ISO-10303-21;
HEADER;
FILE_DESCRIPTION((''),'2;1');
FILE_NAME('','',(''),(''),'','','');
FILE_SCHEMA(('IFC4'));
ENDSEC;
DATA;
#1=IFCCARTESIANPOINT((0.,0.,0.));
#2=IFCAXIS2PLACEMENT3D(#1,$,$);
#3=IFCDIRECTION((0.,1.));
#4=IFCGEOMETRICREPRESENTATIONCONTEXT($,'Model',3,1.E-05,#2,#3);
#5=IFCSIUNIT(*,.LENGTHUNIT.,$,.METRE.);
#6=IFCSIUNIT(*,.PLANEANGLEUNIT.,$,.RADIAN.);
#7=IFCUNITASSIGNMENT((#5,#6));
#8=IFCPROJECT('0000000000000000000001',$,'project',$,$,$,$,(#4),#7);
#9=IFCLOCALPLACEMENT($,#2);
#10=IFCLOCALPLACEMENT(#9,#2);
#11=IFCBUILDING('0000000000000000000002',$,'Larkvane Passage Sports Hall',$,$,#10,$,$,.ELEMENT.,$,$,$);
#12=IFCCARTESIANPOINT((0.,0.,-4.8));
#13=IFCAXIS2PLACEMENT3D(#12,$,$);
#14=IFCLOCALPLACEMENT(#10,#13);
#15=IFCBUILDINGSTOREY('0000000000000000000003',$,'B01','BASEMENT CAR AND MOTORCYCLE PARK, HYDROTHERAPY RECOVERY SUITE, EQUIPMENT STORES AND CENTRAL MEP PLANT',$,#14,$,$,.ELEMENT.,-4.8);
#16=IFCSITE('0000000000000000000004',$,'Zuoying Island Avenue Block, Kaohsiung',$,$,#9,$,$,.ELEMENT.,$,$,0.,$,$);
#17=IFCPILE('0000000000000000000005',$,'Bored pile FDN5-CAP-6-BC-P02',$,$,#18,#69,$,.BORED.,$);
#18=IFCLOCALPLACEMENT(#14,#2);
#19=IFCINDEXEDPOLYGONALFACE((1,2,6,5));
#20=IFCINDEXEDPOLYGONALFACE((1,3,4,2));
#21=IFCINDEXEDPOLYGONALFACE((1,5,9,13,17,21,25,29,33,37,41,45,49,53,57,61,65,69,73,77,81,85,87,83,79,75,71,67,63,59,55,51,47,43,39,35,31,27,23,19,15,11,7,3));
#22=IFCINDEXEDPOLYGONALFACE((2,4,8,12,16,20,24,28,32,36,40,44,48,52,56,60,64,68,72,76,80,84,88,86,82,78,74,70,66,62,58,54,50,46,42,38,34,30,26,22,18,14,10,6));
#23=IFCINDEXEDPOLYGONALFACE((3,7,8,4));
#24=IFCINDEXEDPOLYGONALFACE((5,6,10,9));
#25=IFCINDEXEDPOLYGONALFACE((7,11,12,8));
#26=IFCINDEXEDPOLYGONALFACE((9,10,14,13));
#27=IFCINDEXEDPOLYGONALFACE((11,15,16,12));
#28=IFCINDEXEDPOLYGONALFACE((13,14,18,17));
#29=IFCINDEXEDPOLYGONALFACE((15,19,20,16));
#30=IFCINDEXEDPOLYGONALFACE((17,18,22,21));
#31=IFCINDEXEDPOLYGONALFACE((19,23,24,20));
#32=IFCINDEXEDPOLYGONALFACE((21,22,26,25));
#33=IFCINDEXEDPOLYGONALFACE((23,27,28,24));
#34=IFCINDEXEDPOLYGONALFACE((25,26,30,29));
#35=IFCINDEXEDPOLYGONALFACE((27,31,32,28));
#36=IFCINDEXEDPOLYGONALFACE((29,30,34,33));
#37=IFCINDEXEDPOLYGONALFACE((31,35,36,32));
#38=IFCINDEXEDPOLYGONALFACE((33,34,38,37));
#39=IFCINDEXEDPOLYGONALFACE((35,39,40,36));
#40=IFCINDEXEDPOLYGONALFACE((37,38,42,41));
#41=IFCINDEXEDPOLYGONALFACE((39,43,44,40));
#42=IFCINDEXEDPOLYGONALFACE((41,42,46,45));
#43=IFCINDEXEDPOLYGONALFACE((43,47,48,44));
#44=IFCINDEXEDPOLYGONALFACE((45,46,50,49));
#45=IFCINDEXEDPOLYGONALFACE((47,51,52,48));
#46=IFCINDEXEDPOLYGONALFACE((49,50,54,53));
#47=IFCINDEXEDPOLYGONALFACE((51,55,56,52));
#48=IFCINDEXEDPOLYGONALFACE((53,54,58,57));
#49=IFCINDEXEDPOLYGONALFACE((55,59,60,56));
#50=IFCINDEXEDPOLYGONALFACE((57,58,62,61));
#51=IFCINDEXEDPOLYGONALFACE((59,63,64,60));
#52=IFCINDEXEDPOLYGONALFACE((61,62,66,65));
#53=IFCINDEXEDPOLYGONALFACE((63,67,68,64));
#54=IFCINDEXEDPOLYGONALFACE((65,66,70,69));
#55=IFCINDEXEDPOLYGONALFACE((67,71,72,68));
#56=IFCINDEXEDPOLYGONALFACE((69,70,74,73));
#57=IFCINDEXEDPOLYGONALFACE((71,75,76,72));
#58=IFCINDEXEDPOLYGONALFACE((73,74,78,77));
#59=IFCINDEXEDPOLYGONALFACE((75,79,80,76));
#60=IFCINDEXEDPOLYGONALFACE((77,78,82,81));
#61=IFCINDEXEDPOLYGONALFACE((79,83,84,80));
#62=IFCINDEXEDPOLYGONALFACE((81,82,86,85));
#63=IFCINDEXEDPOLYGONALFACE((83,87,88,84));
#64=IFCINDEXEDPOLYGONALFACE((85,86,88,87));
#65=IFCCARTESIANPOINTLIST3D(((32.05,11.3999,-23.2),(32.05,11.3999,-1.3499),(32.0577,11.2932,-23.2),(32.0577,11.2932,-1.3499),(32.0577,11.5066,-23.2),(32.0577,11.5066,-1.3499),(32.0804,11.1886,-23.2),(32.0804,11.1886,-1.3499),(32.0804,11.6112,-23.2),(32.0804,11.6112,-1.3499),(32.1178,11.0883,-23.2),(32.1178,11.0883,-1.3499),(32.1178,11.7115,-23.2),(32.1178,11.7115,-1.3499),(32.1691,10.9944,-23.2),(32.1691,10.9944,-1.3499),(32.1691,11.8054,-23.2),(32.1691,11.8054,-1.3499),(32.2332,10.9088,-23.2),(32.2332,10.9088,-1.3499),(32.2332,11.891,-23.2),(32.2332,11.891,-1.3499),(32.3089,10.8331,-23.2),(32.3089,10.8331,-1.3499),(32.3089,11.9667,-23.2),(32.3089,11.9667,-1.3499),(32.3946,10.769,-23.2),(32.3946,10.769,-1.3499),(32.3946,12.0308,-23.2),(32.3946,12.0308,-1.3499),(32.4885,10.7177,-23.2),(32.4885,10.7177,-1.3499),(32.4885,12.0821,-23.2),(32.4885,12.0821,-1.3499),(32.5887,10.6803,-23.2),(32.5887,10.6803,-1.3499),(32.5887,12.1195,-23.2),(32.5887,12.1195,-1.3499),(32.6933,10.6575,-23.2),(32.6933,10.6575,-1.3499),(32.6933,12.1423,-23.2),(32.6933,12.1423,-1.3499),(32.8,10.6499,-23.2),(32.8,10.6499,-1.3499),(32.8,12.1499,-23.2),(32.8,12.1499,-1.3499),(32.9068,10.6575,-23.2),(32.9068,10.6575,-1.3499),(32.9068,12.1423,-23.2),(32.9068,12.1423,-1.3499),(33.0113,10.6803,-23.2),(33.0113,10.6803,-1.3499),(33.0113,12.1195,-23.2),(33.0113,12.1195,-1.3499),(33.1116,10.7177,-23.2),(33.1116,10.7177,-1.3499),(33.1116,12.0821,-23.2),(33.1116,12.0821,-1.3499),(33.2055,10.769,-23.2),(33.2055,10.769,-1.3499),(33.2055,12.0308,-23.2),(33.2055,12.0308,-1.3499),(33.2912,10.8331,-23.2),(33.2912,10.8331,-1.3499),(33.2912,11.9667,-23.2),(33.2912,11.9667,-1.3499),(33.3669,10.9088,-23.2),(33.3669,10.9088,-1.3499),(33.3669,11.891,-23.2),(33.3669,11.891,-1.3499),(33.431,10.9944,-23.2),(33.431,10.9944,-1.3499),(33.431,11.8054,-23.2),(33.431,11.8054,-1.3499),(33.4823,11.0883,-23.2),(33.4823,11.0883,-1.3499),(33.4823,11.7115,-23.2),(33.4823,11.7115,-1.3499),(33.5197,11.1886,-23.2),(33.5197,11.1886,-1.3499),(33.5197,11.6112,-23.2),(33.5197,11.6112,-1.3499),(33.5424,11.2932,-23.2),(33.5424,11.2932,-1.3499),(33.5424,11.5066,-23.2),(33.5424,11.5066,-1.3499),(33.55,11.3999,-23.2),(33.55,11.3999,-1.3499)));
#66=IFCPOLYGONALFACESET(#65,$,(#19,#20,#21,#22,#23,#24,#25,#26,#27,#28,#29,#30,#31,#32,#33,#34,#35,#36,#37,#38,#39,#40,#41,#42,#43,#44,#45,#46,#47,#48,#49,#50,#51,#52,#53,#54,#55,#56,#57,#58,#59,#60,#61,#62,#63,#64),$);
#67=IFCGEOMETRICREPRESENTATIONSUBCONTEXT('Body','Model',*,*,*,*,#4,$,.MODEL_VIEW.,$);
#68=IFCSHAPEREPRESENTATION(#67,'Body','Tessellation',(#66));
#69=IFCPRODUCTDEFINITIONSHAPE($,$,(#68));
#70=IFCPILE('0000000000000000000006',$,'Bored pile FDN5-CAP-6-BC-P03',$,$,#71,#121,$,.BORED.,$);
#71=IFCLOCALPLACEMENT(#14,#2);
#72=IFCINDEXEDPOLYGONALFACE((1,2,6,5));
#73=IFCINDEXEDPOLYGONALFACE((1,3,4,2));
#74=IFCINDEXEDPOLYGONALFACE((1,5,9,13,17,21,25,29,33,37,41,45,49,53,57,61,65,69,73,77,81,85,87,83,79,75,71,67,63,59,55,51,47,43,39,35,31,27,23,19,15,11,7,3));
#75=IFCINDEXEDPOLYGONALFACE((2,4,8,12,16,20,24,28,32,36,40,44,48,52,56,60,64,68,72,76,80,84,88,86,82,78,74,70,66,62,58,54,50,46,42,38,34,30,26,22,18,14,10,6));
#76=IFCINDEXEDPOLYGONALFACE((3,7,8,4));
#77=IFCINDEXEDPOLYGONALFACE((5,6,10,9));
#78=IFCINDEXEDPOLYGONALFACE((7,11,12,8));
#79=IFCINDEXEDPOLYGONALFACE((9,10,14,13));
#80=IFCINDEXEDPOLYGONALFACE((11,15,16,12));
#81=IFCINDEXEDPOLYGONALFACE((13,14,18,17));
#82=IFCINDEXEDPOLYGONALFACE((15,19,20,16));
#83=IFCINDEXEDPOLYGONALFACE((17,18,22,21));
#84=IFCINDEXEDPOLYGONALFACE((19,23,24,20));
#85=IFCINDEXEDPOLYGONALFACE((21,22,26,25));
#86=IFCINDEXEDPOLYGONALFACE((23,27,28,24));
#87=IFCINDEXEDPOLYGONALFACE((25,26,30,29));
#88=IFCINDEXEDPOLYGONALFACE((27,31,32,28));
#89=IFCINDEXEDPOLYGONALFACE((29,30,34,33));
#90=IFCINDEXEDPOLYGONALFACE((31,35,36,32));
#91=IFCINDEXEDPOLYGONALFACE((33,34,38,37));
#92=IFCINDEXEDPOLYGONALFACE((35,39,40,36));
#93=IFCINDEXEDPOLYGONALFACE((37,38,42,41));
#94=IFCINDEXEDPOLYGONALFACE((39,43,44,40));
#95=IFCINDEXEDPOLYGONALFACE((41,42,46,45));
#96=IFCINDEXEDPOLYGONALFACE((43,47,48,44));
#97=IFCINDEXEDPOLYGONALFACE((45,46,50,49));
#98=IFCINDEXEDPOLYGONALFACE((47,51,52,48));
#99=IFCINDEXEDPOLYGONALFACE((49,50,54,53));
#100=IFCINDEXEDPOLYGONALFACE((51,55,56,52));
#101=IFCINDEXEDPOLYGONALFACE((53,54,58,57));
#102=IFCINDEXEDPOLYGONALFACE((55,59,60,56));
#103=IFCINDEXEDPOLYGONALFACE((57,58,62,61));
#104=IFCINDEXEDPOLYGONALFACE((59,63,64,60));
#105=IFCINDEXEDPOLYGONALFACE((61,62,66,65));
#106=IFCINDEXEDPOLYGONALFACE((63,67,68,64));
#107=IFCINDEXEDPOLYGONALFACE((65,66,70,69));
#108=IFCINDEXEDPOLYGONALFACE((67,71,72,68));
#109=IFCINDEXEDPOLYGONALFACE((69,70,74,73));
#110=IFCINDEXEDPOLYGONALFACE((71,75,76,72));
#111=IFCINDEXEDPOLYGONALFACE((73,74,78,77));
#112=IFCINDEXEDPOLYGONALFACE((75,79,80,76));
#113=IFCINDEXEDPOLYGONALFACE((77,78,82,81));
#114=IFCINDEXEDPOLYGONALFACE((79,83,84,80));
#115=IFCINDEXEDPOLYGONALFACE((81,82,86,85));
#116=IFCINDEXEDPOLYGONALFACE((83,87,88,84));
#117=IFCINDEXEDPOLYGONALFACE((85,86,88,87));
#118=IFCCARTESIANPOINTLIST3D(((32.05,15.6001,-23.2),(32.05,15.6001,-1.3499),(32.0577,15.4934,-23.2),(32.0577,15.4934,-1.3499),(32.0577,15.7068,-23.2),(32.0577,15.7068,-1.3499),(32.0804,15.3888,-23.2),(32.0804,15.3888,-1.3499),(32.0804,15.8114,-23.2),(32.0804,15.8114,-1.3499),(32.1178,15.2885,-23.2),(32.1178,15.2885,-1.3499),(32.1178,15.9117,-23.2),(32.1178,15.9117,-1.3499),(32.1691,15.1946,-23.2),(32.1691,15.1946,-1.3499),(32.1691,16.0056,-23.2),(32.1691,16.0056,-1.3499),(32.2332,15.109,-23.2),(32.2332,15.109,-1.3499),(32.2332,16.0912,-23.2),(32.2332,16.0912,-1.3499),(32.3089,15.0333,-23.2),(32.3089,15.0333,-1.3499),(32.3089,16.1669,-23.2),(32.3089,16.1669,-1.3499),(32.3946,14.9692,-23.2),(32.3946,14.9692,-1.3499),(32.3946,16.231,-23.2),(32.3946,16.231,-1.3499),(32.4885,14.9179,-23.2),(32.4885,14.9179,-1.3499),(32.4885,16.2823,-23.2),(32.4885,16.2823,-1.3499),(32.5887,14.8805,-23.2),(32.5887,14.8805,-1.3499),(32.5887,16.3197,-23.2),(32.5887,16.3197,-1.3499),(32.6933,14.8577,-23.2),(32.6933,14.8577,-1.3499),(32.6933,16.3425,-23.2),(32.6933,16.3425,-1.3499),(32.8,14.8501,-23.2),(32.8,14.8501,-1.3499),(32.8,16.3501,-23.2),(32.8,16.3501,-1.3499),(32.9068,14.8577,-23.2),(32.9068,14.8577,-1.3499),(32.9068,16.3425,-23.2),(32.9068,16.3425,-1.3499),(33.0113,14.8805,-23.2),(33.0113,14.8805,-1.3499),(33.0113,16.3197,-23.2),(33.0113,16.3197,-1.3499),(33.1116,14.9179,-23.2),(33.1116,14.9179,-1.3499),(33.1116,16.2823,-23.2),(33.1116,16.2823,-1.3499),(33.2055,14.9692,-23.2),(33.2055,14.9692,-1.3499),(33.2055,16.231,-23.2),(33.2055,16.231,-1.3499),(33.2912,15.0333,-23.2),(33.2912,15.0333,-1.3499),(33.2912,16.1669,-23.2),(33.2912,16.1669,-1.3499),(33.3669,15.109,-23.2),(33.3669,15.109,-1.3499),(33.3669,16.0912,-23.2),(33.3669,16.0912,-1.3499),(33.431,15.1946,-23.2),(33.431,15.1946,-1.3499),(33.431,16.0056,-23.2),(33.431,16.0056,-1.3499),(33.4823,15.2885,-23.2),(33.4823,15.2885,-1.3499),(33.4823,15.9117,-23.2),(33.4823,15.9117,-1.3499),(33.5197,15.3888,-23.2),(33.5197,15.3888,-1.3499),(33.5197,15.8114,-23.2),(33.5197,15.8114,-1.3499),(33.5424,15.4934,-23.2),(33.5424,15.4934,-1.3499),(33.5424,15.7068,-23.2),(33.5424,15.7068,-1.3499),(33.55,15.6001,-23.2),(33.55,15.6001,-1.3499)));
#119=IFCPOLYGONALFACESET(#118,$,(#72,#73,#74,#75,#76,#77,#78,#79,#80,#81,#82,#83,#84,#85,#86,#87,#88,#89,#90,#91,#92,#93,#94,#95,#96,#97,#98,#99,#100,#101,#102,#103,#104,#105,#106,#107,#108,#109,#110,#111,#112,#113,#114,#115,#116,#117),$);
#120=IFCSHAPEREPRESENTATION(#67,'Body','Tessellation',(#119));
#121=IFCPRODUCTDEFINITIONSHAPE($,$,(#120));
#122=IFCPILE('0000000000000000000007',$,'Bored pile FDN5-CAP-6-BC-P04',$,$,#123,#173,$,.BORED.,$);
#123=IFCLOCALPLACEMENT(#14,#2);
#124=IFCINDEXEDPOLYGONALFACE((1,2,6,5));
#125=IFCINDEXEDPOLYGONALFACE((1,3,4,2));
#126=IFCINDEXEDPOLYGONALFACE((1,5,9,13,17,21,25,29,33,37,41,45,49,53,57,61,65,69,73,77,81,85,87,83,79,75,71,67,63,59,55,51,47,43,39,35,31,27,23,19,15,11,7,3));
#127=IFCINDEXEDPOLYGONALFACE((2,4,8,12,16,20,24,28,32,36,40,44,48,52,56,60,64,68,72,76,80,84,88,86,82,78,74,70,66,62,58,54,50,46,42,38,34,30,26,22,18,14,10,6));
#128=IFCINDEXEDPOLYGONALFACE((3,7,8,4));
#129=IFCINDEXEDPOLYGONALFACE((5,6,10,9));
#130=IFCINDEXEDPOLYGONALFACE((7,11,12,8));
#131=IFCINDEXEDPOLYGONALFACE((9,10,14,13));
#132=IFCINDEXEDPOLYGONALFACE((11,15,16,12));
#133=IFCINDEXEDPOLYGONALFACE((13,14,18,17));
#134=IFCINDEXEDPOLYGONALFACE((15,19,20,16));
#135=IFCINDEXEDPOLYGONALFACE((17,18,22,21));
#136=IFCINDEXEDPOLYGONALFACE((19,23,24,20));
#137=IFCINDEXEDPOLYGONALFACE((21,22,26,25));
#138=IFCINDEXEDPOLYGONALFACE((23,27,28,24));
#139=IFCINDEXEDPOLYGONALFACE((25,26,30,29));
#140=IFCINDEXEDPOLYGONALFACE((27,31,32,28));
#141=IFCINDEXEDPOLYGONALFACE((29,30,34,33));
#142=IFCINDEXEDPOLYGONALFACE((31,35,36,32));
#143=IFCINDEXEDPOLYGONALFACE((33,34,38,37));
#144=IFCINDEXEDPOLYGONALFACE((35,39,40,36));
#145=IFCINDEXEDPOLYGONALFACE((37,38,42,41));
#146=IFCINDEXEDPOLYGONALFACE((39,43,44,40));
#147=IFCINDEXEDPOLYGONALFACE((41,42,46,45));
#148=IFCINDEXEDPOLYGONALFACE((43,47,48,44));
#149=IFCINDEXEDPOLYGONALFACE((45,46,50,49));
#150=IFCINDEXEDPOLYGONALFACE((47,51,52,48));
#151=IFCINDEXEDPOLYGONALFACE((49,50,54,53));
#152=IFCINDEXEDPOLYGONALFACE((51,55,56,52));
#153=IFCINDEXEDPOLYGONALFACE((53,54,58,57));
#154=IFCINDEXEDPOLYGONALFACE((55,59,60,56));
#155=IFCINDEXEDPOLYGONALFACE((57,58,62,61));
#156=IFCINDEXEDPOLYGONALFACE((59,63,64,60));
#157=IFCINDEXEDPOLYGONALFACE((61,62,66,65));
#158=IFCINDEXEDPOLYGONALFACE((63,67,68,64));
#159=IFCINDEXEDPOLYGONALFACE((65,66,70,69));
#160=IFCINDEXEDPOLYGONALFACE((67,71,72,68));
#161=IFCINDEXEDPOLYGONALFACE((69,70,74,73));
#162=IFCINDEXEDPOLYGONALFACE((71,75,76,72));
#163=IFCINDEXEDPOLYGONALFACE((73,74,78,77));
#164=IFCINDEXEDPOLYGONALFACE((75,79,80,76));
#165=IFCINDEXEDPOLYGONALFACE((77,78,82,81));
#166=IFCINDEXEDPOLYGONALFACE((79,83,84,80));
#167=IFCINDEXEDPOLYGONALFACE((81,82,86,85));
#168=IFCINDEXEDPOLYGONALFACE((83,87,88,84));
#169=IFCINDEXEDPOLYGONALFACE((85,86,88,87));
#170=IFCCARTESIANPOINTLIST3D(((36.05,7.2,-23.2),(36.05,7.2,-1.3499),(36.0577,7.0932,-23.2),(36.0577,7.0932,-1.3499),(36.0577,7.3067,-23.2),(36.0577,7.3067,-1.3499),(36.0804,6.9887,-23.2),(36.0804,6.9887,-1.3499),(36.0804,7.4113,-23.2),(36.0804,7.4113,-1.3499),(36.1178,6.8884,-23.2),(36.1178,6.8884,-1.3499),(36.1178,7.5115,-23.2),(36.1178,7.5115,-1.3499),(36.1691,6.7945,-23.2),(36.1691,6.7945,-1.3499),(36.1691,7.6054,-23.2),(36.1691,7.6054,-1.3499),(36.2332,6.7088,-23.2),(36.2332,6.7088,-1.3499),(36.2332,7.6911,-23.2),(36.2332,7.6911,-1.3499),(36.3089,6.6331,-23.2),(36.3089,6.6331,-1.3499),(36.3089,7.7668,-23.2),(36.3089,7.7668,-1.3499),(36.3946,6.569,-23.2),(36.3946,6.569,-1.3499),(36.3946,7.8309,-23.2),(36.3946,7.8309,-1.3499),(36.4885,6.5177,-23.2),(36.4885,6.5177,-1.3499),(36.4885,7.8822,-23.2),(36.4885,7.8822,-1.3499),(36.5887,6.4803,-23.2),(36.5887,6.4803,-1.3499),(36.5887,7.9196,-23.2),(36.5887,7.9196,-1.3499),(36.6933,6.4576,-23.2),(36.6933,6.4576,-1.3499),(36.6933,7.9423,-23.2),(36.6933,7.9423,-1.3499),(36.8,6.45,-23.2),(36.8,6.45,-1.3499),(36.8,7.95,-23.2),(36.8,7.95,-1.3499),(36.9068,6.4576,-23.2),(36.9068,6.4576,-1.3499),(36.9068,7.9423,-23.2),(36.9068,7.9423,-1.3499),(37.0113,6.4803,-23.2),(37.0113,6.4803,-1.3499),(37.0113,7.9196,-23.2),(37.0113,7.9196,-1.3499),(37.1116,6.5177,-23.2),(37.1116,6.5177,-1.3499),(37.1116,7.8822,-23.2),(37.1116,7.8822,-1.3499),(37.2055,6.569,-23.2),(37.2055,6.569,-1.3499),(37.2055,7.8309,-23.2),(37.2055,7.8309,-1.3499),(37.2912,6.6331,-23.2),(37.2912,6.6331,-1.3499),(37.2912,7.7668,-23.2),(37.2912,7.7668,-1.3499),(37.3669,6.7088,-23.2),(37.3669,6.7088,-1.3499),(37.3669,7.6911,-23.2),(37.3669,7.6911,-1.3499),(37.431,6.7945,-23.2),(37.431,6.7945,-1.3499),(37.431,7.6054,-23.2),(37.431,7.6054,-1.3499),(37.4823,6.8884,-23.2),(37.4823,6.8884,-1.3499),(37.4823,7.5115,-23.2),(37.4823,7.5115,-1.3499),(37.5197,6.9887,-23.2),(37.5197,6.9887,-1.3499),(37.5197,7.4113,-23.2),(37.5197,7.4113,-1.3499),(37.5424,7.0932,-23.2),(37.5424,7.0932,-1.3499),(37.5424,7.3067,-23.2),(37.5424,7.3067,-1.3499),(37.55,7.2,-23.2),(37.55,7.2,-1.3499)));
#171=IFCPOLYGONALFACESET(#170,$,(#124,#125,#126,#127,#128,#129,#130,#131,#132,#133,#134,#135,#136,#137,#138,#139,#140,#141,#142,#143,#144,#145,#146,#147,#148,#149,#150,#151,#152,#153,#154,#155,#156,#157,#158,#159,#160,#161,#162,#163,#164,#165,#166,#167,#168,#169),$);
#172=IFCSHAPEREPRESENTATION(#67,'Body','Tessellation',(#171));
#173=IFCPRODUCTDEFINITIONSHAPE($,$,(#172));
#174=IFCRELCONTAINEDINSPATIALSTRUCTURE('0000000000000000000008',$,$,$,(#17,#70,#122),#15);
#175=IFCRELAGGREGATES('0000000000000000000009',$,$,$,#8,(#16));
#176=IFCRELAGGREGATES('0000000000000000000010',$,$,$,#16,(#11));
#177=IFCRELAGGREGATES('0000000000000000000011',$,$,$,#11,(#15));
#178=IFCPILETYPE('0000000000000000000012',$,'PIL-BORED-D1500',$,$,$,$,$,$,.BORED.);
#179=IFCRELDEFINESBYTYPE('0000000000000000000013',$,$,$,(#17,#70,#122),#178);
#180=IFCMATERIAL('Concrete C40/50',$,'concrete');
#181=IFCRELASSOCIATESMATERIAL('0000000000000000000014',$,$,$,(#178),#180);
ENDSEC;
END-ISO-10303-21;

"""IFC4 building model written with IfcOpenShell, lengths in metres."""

from ifc_helpers import new_model, si_unit, direction, frame, origin, origin_2d, place, context, subcontext, project, spatial, circle, extrude, material, material_profile, profile_set, type_object, element, save


model = new_model("IFC4")

# Units and contexts
model_context = context("Model", 3, precision=1e-05, world=origin(), true_north=direction((0.0, 1.0)))
body_context = subcontext(model_context, "Body", "Model", "MODEL_VIEW")
ifc_project = project(units=[si_unit("LENGTHUNIT", "METRE"), si_unit("PLANEANGLEUNIT", "RADIAN")], contexts=[model_context])

# Site, building, storey
site_placement = place(None, origin())
site = spatial("IfcSite", under=ifc_project, at=site_placement, Name="Zuoying Island Avenue Block, Kaohsiung", CompositionType="ELEMENT", RefElevation=0.0)
building_placement = place(site_placement, origin())
building = spatial("IfcBuilding", under=site, at=building_placement, Name="Larkvane Passage Sports Hall", CompositionType="ELEMENT")
storey_placement = place(building_placement, frame((0.0, 0.0, -4.8)))
storey = spatial("IfcBuildingStorey", under=building, at=storey_placement, Name="B01", Description="BASEMENT CAR AND MOTORCYCLE PARK, HYDROTHERAPY RECOVERY SUITE, EQUIPMENT STORES AND CENTRAL MEP PLANT", CompositionType="ELEMENT", Elevation=-4.8)

# Shared definitions
ifc_material_1 = material(Name="Concrete C40/50", Category="concrete")

# Piles
ifc_material_profile_1 = material_profile(ifc_material_1, circle(Radius=0.75, at=origin_2d()), Name="PILE-D1500")
ifc_profile_set_1 = profile_set([ifc_material_profile_1], Name="Concrete C40/50")
pile_type = type_object("IfcPileType", Name="PIL-BORED-D1500", PredefinedType="BORED", material=ifc_profile_set_1)
for number, where, z_axis, x_axis, name in (
    (1, (32.8, 11.3999, -1.3499), (0.0, 0.0, -1.0), (1.0, 0.0, 0.0), "Bored pile FDN5-CAP-6-BC-P02"),
    (2, (32.8, 15.6001, -1.3499), (0.0, 0.0, -1.0), (1.0, 0.0, 0.0), "Bored pile FDN5-CAP-6-BC-P03"),
    (3, (36.8, 7.2, -1.3499), (0.0, 0.0, -1.0), (1.0, 0.0, 0.0), "Bored pile FDN5-CAP-6-BC-P04"),
):
    element("IfcPile", number, at=place(storey_placement, frame(where, z_axis=z_axis, x_axis=x_axis)), inside=storey, type_object=pile_type, Name=name, PredefinedType="BORED", context=body_context, shape_type="SweptSolid", body=[
        extrude(circle(Radius=0.75, at=origin_2d()), origin(), (0.0, 0.0, 1.0), 21.8501),
    ])

save(model, "model.ifc")
